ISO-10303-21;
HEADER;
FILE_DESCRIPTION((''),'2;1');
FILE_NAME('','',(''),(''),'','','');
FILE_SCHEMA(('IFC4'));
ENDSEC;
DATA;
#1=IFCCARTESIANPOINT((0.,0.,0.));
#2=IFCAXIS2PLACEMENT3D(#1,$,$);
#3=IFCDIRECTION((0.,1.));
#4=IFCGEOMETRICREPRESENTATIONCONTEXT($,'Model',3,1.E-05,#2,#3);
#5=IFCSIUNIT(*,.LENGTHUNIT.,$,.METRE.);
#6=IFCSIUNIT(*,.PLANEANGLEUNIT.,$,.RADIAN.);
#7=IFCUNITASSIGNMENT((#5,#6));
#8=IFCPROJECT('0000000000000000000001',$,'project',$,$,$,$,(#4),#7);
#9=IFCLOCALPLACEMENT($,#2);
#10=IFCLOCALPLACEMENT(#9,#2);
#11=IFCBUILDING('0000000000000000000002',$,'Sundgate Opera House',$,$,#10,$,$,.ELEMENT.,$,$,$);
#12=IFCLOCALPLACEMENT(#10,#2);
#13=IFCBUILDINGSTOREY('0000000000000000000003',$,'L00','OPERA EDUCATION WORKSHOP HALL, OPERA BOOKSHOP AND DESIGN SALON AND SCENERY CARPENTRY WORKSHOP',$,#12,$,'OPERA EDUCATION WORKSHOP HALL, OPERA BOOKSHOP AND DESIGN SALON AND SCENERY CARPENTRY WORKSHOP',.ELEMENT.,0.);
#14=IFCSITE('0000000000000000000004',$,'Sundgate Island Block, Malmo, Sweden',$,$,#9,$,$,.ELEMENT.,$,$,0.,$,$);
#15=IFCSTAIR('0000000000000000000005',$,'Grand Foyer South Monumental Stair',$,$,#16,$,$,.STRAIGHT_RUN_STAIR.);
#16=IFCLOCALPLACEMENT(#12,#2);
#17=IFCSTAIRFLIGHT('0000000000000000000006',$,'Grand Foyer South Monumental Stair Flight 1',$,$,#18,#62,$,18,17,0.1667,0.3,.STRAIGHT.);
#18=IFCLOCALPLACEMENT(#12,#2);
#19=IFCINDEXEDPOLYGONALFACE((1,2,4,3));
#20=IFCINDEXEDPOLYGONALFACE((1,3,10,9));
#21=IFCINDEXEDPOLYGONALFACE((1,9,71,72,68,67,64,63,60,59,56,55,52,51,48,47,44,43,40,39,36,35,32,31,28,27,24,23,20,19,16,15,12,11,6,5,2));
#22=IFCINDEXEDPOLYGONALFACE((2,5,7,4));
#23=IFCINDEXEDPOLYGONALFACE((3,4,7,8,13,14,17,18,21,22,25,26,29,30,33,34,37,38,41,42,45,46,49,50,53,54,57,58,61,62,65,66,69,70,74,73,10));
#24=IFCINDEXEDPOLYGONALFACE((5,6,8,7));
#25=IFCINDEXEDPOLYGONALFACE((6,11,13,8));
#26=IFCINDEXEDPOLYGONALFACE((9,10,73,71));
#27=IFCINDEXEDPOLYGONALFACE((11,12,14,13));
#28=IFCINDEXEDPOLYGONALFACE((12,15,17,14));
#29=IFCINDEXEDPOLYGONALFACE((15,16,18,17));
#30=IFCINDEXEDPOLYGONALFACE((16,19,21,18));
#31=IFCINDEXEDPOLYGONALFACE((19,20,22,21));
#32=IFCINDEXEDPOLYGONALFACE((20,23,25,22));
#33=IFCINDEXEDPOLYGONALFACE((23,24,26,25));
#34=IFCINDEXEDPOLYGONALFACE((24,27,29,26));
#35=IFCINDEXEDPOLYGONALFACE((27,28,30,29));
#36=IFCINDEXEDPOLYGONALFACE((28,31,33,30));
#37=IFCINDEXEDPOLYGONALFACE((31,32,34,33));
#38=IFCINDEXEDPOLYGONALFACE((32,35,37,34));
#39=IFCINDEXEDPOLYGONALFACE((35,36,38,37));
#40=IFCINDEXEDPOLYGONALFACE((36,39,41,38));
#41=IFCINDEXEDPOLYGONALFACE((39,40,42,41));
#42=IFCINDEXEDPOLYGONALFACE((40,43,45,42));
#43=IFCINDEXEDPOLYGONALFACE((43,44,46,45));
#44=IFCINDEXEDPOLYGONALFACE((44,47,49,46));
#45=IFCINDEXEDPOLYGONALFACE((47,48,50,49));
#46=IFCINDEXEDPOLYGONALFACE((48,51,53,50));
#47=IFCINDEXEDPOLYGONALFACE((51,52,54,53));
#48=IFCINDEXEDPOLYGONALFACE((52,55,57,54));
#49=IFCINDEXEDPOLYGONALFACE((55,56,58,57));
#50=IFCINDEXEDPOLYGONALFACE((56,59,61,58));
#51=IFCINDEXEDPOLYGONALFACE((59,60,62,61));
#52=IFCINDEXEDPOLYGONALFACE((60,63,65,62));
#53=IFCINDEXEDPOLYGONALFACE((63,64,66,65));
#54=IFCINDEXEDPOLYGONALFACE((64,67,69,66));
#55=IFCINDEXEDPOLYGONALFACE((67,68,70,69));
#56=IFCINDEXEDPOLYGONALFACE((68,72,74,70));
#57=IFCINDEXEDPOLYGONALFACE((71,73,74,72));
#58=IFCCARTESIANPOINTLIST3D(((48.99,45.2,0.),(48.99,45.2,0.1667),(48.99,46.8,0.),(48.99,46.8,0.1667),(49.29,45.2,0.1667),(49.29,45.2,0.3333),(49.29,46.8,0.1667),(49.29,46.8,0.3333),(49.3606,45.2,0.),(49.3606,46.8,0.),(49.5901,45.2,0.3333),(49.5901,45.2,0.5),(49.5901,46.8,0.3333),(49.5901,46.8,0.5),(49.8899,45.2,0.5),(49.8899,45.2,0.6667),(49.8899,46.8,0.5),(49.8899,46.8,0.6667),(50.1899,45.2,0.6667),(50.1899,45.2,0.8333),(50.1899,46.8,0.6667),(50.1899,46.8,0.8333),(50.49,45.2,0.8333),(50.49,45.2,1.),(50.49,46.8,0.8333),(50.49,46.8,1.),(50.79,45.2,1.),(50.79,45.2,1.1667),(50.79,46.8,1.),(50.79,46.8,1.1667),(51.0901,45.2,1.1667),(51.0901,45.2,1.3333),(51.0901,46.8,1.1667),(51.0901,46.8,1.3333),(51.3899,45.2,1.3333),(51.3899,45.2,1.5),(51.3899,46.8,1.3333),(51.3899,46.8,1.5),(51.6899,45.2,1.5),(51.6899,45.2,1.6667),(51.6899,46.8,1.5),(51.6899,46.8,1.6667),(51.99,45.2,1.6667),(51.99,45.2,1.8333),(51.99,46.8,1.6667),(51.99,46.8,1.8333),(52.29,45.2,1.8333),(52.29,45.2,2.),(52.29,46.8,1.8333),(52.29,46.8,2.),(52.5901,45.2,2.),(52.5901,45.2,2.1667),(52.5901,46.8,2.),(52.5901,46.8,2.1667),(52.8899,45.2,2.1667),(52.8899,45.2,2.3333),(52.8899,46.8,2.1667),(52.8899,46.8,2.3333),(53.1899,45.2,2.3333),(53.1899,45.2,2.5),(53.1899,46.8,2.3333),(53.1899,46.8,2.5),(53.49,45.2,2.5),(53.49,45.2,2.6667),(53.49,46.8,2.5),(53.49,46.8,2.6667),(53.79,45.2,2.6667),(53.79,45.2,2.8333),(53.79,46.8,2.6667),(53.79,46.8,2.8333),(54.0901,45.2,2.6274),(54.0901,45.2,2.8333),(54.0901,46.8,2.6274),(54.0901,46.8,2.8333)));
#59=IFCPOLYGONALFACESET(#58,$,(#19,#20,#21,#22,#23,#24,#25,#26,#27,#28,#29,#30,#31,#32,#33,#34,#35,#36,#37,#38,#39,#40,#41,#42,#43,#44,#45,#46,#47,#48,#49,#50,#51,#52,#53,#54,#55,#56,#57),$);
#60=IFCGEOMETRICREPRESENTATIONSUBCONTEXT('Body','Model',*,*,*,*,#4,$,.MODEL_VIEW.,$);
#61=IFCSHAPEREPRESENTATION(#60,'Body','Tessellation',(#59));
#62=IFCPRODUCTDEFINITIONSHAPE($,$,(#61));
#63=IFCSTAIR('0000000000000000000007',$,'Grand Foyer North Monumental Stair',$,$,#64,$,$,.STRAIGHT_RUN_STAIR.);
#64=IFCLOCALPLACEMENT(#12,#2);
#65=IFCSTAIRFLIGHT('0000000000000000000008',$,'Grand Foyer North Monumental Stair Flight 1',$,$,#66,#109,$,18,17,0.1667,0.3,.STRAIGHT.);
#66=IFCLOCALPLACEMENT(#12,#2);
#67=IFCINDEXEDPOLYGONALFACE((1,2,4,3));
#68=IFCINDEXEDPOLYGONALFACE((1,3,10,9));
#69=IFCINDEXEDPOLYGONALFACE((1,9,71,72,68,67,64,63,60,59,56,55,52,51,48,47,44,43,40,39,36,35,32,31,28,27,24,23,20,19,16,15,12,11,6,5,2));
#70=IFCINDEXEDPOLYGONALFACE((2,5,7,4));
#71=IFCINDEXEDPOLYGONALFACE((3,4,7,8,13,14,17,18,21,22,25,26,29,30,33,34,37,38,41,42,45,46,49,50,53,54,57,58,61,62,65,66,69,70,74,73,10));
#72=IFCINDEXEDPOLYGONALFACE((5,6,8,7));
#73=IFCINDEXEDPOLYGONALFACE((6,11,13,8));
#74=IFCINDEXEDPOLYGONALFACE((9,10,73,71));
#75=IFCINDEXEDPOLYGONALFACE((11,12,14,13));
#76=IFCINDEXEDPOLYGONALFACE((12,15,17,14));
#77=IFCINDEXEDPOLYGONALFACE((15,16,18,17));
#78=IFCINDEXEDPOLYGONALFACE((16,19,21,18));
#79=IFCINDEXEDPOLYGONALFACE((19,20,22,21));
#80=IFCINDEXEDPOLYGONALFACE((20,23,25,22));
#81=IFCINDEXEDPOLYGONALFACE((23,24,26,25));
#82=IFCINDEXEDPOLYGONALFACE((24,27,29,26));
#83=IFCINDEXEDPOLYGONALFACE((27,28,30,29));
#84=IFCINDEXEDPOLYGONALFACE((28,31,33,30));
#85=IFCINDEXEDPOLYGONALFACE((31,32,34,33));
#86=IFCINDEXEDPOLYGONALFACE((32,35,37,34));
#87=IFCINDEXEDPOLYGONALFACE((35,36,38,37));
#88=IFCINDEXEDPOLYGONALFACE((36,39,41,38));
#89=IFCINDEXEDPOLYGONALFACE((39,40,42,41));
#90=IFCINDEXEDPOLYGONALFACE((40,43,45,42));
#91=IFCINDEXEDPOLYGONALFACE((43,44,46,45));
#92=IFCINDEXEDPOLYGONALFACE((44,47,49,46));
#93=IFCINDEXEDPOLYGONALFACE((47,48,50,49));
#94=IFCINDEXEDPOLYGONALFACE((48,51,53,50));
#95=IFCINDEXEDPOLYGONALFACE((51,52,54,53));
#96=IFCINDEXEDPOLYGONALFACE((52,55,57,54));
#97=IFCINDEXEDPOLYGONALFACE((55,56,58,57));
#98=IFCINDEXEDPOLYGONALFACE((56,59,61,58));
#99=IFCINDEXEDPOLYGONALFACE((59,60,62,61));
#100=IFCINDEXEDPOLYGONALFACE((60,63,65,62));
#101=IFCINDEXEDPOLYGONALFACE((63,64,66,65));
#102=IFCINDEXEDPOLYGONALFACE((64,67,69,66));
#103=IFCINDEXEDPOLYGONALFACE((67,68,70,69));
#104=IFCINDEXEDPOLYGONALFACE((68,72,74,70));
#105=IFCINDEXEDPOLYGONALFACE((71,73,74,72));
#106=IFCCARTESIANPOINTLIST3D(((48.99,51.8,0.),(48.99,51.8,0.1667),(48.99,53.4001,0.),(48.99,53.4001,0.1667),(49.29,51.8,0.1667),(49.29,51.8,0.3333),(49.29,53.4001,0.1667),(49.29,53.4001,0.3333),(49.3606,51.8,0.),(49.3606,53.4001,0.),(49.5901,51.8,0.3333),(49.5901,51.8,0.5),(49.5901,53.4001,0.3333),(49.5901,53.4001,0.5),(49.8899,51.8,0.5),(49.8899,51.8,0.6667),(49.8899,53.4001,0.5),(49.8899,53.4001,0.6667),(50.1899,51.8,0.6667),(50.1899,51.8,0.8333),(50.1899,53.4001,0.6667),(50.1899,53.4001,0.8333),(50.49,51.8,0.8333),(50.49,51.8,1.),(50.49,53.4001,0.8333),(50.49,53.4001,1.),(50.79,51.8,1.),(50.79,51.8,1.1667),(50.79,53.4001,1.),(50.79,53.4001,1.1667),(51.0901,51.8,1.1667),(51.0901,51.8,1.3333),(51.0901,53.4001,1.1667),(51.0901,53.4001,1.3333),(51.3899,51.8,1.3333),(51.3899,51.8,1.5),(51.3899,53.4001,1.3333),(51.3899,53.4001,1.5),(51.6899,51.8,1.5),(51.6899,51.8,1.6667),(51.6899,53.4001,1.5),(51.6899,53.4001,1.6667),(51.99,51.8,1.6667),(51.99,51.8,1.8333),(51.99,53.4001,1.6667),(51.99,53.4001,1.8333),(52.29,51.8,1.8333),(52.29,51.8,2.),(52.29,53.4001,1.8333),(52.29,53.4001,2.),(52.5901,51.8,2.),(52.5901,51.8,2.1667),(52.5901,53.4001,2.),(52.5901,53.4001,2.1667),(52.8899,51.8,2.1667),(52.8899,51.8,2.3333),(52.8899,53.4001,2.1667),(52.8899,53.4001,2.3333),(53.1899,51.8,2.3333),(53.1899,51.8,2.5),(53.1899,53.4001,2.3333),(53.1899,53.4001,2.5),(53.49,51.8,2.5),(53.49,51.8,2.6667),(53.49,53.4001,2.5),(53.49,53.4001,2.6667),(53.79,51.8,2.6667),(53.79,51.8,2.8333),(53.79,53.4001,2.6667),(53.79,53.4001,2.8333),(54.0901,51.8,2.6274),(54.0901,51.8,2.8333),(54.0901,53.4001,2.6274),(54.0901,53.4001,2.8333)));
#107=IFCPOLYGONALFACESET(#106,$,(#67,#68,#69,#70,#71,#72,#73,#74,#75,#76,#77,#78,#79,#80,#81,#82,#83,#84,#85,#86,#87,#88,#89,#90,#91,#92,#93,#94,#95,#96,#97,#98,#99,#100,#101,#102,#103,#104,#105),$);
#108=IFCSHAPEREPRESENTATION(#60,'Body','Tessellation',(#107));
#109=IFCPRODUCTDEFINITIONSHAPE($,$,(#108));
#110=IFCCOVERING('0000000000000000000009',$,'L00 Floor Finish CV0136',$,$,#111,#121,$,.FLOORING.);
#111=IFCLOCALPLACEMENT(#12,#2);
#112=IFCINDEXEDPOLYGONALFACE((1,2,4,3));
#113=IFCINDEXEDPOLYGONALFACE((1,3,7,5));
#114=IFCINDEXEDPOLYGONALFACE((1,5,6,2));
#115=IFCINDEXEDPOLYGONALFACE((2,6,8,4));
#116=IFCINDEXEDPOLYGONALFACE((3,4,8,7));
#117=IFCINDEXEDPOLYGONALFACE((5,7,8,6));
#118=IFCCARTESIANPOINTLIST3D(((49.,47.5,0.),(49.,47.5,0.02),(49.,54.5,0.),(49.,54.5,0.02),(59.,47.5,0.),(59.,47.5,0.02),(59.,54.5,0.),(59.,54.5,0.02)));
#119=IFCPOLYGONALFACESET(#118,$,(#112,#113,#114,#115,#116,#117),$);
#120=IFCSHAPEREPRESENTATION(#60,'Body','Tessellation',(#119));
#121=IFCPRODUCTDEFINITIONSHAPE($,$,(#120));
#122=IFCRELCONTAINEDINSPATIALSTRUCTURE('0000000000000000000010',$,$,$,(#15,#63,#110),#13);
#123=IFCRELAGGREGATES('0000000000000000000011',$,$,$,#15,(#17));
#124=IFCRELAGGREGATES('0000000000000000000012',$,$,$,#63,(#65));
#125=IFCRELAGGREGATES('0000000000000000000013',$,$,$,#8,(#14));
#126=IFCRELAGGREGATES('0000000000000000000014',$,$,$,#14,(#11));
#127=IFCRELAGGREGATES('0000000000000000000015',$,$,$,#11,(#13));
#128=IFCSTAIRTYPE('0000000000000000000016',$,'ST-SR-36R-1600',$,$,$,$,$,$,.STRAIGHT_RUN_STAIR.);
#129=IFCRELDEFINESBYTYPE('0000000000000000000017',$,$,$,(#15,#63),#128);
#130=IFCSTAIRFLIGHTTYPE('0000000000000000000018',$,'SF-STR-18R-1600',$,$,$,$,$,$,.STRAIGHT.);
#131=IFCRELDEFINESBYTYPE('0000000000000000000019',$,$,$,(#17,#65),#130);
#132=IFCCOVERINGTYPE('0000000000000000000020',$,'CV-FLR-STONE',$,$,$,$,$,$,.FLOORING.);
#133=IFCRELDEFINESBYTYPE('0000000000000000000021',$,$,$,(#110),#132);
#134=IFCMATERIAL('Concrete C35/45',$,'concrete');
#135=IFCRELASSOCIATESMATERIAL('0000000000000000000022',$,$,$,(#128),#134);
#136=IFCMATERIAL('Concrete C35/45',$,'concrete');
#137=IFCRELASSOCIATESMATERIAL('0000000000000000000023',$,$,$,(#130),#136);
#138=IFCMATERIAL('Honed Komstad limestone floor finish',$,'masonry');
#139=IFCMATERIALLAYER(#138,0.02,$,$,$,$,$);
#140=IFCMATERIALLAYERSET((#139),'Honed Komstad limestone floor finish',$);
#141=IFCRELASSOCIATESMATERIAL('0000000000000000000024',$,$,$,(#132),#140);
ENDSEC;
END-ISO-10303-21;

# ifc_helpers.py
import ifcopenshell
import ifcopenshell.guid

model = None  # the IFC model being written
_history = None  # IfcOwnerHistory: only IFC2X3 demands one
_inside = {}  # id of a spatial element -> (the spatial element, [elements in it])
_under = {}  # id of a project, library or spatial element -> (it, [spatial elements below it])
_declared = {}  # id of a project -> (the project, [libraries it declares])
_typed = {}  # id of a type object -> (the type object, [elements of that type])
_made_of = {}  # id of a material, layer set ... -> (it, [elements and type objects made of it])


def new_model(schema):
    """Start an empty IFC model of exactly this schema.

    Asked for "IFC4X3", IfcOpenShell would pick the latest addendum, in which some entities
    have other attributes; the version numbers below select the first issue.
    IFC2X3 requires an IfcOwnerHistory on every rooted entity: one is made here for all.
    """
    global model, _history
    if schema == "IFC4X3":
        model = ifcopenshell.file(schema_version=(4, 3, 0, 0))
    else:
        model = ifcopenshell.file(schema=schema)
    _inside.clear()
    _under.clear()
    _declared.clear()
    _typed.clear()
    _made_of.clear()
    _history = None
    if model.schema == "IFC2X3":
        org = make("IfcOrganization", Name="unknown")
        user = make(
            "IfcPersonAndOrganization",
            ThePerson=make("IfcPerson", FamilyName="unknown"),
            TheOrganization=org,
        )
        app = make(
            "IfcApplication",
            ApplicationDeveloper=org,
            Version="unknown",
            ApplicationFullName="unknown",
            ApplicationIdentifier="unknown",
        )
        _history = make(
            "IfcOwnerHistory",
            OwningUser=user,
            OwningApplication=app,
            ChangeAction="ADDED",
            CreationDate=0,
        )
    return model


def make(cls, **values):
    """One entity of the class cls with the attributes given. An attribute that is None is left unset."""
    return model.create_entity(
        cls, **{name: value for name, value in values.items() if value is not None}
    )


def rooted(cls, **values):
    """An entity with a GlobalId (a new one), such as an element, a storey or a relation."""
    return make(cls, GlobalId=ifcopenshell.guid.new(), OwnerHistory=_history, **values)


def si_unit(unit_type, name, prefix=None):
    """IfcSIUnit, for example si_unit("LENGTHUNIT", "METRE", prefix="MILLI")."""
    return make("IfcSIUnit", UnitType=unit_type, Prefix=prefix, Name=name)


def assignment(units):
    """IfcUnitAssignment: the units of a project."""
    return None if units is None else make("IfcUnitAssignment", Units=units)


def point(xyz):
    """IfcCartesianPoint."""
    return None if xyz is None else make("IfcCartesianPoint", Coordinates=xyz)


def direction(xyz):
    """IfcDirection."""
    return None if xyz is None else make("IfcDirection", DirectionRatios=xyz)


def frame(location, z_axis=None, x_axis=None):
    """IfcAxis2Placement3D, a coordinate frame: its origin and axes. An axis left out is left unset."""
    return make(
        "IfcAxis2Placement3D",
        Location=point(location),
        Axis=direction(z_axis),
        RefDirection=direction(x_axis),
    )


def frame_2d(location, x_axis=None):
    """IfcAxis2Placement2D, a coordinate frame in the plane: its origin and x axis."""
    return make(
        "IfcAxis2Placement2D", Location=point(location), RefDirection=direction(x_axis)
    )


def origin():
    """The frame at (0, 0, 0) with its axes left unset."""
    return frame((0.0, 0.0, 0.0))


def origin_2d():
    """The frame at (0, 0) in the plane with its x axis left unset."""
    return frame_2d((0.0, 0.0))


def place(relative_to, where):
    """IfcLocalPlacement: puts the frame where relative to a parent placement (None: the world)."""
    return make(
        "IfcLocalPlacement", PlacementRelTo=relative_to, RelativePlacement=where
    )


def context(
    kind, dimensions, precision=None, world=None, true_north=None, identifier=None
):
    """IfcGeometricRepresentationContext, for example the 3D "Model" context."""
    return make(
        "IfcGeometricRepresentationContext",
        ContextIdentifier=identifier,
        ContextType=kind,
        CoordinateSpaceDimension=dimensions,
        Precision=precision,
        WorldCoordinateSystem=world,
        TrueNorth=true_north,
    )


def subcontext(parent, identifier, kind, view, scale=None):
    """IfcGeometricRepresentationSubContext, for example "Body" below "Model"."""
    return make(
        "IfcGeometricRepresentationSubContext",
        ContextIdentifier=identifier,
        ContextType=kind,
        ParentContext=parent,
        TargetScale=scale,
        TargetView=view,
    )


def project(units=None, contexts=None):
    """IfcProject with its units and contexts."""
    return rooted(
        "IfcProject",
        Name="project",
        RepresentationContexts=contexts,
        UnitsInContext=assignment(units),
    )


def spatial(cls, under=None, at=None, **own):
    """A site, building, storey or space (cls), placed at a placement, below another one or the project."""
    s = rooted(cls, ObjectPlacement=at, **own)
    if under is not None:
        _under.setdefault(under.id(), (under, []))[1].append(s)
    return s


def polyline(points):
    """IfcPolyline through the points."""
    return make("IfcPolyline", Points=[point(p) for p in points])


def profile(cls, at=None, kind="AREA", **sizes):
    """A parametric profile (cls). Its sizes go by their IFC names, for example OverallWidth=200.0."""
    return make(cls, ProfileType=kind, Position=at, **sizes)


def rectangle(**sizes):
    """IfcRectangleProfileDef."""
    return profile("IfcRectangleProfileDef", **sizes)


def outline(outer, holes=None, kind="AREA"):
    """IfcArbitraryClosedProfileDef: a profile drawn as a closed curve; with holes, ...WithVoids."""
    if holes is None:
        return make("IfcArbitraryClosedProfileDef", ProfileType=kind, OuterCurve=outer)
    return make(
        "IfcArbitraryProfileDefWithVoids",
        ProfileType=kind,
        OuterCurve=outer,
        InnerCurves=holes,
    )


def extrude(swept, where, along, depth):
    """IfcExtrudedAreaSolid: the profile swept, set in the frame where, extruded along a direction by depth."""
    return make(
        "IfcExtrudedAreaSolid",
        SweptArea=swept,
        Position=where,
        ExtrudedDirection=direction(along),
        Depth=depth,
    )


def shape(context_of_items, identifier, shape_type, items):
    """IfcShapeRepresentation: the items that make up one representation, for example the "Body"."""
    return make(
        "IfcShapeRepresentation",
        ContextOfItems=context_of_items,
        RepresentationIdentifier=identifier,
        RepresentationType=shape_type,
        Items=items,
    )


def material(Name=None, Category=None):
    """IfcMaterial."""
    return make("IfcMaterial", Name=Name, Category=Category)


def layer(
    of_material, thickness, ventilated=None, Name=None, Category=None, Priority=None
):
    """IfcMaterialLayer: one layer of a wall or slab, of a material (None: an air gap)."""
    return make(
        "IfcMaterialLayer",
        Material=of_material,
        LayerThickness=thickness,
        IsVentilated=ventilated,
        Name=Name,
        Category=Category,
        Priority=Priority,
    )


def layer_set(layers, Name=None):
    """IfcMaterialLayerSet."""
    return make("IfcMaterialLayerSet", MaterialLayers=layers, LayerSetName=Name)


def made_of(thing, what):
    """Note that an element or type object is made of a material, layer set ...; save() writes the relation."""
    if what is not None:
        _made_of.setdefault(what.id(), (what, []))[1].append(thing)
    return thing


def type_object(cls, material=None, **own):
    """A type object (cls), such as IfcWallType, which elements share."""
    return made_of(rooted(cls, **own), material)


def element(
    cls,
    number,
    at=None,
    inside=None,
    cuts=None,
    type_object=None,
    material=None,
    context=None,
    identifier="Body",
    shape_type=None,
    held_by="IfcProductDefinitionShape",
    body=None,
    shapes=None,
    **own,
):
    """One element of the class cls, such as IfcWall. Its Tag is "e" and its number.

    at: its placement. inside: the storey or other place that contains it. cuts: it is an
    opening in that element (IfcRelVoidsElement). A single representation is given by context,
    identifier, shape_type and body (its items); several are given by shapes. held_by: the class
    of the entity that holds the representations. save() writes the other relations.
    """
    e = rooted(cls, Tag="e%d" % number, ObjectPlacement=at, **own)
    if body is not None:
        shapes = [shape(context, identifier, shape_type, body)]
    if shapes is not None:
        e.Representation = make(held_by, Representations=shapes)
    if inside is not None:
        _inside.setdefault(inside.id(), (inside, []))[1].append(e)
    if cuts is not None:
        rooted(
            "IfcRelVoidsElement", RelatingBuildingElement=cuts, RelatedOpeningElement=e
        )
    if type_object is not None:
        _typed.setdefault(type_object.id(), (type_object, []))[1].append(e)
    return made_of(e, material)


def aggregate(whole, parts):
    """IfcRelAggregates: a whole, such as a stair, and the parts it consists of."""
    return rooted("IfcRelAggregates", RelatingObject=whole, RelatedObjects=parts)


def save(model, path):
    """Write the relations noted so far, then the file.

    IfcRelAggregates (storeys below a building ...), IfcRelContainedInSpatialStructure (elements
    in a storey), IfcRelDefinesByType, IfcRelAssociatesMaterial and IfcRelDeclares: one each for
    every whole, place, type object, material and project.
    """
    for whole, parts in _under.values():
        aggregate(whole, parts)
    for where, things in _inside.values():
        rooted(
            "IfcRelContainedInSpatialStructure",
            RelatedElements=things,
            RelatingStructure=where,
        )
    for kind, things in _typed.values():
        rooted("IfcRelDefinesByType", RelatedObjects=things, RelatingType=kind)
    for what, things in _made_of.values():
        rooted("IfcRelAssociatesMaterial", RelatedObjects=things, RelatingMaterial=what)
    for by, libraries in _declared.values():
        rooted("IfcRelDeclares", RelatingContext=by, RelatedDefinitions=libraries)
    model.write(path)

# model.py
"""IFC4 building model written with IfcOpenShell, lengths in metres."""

from ifc_helpers import new_model, si_unit, direction, frame, origin, origin_2d, place, context, subcontext, project, spatial, polyline, rectangle, outline, extrude, material, layer, layer_set, type_object, element, aggregate, save


model = new_model("IFC4")

# Units and contexts
model_context = context("Model", 3, precision=1e-05, world=origin(), true_north=direction((0.0, 1.0)))
body_context = subcontext(model_context, "Body", "Model", "MODEL_VIEW")
ifc_project = project(units=[si_unit("LENGTHUNIT", "METRE"), si_unit("PLANEANGLEUNIT", "RADIAN")], contexts=[model_context])

# Site, building, storey
site_placement = place(None, origin())
site = spatial("IfcSite", under=ifc_project, at=site_placement, Name="Sundgate Island Block, Malmo, Sweden", CompositionType="ELEMENT", RefElevation=0.0)
building_placement = place(site_placement, origin())
building = spatial("IfcBuilding", under=site, at=building_placement, Name="Sundgate Opera House", CompositionType="ELEMENT")
storey_placement = place(building_placement, origin())
storey = spatial("IfcBuildingStorey", under=building, at=storey_placement, Name="L00", Description="OPERA EDUCATION WORKSHOP HALL, OPERA BOOKSHOP AND DESIGN SALON AND SCENERY CARPENTRY WORKSHOP", LongName="OPERA EDUCATION WORKSHOP HALL, OPERA BOOKSHOP AND DESIGN SALON AND SCENERY CARPENTRY WORKSHOP", CompositionType="ELEMENT", Elevation=0.0)

# Stairs, stair flights
ifc_material_1 = material(Name="Concrete C35/45", Category="concrete")
stair_type = type_object("IfcStairType", Name="ST-SR-36R-1600", PredefinedType="STRAIGHT_RUN_STAIR", material=ifc_material_1)
stair_1_placement = place(storey_placement, origin())
stair_1 = element("IfcStair", 1, at=stair_1_placement, inside=storey, type_object=stair_type, Name="Grand Foyer South Monumental Stair", PredefinedType="STRAIGHT_RUN_STAIR")
ifc_material_2 = material(Name="Concrete C35/45", Category="concrete")
stair_flight_type = type_object("IfcStairFlightType", Name="SF-STR-18R-1600", PredefinedType="STRAIGHT", material=ifc_material_2)
stair_flight_1_placement = place(storey_placement, frame((48.99, 46.0, 0.0), z_axis=(0.0, 0.0, 1.0), x_axis=(1.0, 0.0, 0.0)))
stair_flight_1 = element("IfcStairFlight", 2, at=stair_flight_1_placement, type_object=stair_flight_type, Name="Grand Foyer South Monumental Stair Flight 1", NumberOfRisers=18, NumberOfTreads=17, PredefinedType="STRAIGHT", RiserHeight=0.1667, TreadLength=0.3, context=body_context, shape_type="SweptSolid", body=[
    extrude(outline(polyline([(0.0, 0.0), (0.0, 0.1667), (0.3, 0.1667), (0.3, 0.3333), (0.6001, 0.3333), (0.6001, 0.5), (0.8999, 0.5), (0.8999, 0.6667), (1.2, 0.6667), (1.2, 0.8333), (1.5, 0.8333), (1.5, 1.0), (1.8, 1.0), (1.8, 1.1667), (2.1001, 1.1667), (2.1001, 1.3333), (2.3999, 1.3333), (2.3999, 1.5), (2.7, 1.5), (2.7, 1.6667), (3.0, 1.6667), (3.0, 1.8333), (3.3, 1.8333), (3.3, 2.0), (3.6001, 2.0), (3.6001, 2.1667), (3.8999, 2.1667), (3.8999, 2.3333), (4.2, 2.3333), (4.2, 2.5), (4.5, 2.5), (4.5, 2.6667), (4.8, 2.6667), (4.8, 2.8333), (5.1001, 2.8333), (5.1001, 3.0), (5.1001, 2.6274), (0.3706, 0.0), (0.0, 0.0)])), frame((0.0, 0.8, 0.0), z_axis=(0.0, -1.0, 0.0), x_axis=(1.0, 0.0, 0.0)), (0.0, 0.0, 1.0), 1.6001),
])
aggregate(stair_1, [stair_flight_1])
stair_2_placement = place(storey_placement, origin())
stair_2 = element("IfcStair", 3, at=stair_2_placement, inside=storey, type_object=stair_type, Name="Grand Foyer North Monumental Stair", PredefinedType="STRAIGHT_RUN_STAIR")
stair_flight_2_placement = place(storey_placement, frame((48.99, 52.6001, 0.0), z_axis=(0.0, 0.0, 1.0), x_axis=(1.0, 0.0, 0.0)))
stair_flight_2 = element("IfcStairFlight", 4, at=stair_flight_2_placement, type_object=stair_flight_type, Name="Grand Foyer North Monumental Stair Flight 1", NumberOfRisers=18, NumberOfTreads=17, PredefinedType="STRAIGHT", RiserHeight=0.1667, TreadLength=0.3, context=body_context, shape_type="SweptSolid", body=[
    extrude(outline(polyline([(0.0, 0.0), (0.0, 0.1667), (0.3, 0.1667), (0.3, 0.3333), (0.6001, 0.3333), (0.6001, 0.5), (0.8999, 0.5), (0.8999, 0.6667), (1.2, 0.6667), (1.2, 0.8333), (1.5, 0.8333), (1.5, 1.0), (1.8, 1.0), (1.8, 1.1667), (2.1001, 1.1667), (2.1001, 1.3333), (2.3999, 1.3333), (2.3999, 1.5), (2.7, 1.5), (2.7, 1.6667), (3.0, 1.6667), (3.0, 1.8333), (3.3, 1.8333), (3.3, 2.0), (3.6001, 2.0), (3.6001, 2.1667), (3.8999, 2.1667), (3.8999, 2.3333), (4.2, 2.3333), (4.2, 2.5), (4.5, 2.5), (4.5, 2.6667), (4.8, 2.6667), (4.8, 2.8333), (5.1001, 2.8333), (5.1001, 3.0), (5.1001, 2.6274), (0.3706, 0.0), (0.0, 0.0)])), frame((0.0, 0.8, 0.0), z_axis=(0.0, -1.0, 0.0), x_axis=(1.0, 0.0, 0.0)), (0.0, 0.0, 1.0), 1.6001),
])
aggregate(stair_2, [stair_flight_2])

# Covering
ifc_material_3 = material(Name="Honed Komstad limestone floor finish", Category="masonry")
ifc_layer_1 = layer(ifc_material_3, 0.02)
ifc_layer_set_1 = layer_set([ifc_layer_1], Name="Honed Komstad limestone floor finish")
covering_type = type_object("IfcCoveringType", Name="CV-FLR-STONE", PredefinedType="FLOORING", material=ifc_layer_set_1)
covering_placement = place(storey_placement, frame((54.0, 51.0, 0.0), z_axis=(0.0, 0.0, 1.0), x_axis=(1.0, 0.0, 0.0)))
element("IfcCovering", 5, at=covering_placement, inside=storey, type_object=covering_type, Name="L00 Floor Finish CV0136", PredefinedType="FLOORING", context=body_context, shape_type="SweptSolid", body=[
    extrude(rectangle(XDim=10.0, YDim=7.0, at=origin_2d()), origin(), (0.0, 0.0, 1.0), 0.02),
])

save(model, "model.ifc")
